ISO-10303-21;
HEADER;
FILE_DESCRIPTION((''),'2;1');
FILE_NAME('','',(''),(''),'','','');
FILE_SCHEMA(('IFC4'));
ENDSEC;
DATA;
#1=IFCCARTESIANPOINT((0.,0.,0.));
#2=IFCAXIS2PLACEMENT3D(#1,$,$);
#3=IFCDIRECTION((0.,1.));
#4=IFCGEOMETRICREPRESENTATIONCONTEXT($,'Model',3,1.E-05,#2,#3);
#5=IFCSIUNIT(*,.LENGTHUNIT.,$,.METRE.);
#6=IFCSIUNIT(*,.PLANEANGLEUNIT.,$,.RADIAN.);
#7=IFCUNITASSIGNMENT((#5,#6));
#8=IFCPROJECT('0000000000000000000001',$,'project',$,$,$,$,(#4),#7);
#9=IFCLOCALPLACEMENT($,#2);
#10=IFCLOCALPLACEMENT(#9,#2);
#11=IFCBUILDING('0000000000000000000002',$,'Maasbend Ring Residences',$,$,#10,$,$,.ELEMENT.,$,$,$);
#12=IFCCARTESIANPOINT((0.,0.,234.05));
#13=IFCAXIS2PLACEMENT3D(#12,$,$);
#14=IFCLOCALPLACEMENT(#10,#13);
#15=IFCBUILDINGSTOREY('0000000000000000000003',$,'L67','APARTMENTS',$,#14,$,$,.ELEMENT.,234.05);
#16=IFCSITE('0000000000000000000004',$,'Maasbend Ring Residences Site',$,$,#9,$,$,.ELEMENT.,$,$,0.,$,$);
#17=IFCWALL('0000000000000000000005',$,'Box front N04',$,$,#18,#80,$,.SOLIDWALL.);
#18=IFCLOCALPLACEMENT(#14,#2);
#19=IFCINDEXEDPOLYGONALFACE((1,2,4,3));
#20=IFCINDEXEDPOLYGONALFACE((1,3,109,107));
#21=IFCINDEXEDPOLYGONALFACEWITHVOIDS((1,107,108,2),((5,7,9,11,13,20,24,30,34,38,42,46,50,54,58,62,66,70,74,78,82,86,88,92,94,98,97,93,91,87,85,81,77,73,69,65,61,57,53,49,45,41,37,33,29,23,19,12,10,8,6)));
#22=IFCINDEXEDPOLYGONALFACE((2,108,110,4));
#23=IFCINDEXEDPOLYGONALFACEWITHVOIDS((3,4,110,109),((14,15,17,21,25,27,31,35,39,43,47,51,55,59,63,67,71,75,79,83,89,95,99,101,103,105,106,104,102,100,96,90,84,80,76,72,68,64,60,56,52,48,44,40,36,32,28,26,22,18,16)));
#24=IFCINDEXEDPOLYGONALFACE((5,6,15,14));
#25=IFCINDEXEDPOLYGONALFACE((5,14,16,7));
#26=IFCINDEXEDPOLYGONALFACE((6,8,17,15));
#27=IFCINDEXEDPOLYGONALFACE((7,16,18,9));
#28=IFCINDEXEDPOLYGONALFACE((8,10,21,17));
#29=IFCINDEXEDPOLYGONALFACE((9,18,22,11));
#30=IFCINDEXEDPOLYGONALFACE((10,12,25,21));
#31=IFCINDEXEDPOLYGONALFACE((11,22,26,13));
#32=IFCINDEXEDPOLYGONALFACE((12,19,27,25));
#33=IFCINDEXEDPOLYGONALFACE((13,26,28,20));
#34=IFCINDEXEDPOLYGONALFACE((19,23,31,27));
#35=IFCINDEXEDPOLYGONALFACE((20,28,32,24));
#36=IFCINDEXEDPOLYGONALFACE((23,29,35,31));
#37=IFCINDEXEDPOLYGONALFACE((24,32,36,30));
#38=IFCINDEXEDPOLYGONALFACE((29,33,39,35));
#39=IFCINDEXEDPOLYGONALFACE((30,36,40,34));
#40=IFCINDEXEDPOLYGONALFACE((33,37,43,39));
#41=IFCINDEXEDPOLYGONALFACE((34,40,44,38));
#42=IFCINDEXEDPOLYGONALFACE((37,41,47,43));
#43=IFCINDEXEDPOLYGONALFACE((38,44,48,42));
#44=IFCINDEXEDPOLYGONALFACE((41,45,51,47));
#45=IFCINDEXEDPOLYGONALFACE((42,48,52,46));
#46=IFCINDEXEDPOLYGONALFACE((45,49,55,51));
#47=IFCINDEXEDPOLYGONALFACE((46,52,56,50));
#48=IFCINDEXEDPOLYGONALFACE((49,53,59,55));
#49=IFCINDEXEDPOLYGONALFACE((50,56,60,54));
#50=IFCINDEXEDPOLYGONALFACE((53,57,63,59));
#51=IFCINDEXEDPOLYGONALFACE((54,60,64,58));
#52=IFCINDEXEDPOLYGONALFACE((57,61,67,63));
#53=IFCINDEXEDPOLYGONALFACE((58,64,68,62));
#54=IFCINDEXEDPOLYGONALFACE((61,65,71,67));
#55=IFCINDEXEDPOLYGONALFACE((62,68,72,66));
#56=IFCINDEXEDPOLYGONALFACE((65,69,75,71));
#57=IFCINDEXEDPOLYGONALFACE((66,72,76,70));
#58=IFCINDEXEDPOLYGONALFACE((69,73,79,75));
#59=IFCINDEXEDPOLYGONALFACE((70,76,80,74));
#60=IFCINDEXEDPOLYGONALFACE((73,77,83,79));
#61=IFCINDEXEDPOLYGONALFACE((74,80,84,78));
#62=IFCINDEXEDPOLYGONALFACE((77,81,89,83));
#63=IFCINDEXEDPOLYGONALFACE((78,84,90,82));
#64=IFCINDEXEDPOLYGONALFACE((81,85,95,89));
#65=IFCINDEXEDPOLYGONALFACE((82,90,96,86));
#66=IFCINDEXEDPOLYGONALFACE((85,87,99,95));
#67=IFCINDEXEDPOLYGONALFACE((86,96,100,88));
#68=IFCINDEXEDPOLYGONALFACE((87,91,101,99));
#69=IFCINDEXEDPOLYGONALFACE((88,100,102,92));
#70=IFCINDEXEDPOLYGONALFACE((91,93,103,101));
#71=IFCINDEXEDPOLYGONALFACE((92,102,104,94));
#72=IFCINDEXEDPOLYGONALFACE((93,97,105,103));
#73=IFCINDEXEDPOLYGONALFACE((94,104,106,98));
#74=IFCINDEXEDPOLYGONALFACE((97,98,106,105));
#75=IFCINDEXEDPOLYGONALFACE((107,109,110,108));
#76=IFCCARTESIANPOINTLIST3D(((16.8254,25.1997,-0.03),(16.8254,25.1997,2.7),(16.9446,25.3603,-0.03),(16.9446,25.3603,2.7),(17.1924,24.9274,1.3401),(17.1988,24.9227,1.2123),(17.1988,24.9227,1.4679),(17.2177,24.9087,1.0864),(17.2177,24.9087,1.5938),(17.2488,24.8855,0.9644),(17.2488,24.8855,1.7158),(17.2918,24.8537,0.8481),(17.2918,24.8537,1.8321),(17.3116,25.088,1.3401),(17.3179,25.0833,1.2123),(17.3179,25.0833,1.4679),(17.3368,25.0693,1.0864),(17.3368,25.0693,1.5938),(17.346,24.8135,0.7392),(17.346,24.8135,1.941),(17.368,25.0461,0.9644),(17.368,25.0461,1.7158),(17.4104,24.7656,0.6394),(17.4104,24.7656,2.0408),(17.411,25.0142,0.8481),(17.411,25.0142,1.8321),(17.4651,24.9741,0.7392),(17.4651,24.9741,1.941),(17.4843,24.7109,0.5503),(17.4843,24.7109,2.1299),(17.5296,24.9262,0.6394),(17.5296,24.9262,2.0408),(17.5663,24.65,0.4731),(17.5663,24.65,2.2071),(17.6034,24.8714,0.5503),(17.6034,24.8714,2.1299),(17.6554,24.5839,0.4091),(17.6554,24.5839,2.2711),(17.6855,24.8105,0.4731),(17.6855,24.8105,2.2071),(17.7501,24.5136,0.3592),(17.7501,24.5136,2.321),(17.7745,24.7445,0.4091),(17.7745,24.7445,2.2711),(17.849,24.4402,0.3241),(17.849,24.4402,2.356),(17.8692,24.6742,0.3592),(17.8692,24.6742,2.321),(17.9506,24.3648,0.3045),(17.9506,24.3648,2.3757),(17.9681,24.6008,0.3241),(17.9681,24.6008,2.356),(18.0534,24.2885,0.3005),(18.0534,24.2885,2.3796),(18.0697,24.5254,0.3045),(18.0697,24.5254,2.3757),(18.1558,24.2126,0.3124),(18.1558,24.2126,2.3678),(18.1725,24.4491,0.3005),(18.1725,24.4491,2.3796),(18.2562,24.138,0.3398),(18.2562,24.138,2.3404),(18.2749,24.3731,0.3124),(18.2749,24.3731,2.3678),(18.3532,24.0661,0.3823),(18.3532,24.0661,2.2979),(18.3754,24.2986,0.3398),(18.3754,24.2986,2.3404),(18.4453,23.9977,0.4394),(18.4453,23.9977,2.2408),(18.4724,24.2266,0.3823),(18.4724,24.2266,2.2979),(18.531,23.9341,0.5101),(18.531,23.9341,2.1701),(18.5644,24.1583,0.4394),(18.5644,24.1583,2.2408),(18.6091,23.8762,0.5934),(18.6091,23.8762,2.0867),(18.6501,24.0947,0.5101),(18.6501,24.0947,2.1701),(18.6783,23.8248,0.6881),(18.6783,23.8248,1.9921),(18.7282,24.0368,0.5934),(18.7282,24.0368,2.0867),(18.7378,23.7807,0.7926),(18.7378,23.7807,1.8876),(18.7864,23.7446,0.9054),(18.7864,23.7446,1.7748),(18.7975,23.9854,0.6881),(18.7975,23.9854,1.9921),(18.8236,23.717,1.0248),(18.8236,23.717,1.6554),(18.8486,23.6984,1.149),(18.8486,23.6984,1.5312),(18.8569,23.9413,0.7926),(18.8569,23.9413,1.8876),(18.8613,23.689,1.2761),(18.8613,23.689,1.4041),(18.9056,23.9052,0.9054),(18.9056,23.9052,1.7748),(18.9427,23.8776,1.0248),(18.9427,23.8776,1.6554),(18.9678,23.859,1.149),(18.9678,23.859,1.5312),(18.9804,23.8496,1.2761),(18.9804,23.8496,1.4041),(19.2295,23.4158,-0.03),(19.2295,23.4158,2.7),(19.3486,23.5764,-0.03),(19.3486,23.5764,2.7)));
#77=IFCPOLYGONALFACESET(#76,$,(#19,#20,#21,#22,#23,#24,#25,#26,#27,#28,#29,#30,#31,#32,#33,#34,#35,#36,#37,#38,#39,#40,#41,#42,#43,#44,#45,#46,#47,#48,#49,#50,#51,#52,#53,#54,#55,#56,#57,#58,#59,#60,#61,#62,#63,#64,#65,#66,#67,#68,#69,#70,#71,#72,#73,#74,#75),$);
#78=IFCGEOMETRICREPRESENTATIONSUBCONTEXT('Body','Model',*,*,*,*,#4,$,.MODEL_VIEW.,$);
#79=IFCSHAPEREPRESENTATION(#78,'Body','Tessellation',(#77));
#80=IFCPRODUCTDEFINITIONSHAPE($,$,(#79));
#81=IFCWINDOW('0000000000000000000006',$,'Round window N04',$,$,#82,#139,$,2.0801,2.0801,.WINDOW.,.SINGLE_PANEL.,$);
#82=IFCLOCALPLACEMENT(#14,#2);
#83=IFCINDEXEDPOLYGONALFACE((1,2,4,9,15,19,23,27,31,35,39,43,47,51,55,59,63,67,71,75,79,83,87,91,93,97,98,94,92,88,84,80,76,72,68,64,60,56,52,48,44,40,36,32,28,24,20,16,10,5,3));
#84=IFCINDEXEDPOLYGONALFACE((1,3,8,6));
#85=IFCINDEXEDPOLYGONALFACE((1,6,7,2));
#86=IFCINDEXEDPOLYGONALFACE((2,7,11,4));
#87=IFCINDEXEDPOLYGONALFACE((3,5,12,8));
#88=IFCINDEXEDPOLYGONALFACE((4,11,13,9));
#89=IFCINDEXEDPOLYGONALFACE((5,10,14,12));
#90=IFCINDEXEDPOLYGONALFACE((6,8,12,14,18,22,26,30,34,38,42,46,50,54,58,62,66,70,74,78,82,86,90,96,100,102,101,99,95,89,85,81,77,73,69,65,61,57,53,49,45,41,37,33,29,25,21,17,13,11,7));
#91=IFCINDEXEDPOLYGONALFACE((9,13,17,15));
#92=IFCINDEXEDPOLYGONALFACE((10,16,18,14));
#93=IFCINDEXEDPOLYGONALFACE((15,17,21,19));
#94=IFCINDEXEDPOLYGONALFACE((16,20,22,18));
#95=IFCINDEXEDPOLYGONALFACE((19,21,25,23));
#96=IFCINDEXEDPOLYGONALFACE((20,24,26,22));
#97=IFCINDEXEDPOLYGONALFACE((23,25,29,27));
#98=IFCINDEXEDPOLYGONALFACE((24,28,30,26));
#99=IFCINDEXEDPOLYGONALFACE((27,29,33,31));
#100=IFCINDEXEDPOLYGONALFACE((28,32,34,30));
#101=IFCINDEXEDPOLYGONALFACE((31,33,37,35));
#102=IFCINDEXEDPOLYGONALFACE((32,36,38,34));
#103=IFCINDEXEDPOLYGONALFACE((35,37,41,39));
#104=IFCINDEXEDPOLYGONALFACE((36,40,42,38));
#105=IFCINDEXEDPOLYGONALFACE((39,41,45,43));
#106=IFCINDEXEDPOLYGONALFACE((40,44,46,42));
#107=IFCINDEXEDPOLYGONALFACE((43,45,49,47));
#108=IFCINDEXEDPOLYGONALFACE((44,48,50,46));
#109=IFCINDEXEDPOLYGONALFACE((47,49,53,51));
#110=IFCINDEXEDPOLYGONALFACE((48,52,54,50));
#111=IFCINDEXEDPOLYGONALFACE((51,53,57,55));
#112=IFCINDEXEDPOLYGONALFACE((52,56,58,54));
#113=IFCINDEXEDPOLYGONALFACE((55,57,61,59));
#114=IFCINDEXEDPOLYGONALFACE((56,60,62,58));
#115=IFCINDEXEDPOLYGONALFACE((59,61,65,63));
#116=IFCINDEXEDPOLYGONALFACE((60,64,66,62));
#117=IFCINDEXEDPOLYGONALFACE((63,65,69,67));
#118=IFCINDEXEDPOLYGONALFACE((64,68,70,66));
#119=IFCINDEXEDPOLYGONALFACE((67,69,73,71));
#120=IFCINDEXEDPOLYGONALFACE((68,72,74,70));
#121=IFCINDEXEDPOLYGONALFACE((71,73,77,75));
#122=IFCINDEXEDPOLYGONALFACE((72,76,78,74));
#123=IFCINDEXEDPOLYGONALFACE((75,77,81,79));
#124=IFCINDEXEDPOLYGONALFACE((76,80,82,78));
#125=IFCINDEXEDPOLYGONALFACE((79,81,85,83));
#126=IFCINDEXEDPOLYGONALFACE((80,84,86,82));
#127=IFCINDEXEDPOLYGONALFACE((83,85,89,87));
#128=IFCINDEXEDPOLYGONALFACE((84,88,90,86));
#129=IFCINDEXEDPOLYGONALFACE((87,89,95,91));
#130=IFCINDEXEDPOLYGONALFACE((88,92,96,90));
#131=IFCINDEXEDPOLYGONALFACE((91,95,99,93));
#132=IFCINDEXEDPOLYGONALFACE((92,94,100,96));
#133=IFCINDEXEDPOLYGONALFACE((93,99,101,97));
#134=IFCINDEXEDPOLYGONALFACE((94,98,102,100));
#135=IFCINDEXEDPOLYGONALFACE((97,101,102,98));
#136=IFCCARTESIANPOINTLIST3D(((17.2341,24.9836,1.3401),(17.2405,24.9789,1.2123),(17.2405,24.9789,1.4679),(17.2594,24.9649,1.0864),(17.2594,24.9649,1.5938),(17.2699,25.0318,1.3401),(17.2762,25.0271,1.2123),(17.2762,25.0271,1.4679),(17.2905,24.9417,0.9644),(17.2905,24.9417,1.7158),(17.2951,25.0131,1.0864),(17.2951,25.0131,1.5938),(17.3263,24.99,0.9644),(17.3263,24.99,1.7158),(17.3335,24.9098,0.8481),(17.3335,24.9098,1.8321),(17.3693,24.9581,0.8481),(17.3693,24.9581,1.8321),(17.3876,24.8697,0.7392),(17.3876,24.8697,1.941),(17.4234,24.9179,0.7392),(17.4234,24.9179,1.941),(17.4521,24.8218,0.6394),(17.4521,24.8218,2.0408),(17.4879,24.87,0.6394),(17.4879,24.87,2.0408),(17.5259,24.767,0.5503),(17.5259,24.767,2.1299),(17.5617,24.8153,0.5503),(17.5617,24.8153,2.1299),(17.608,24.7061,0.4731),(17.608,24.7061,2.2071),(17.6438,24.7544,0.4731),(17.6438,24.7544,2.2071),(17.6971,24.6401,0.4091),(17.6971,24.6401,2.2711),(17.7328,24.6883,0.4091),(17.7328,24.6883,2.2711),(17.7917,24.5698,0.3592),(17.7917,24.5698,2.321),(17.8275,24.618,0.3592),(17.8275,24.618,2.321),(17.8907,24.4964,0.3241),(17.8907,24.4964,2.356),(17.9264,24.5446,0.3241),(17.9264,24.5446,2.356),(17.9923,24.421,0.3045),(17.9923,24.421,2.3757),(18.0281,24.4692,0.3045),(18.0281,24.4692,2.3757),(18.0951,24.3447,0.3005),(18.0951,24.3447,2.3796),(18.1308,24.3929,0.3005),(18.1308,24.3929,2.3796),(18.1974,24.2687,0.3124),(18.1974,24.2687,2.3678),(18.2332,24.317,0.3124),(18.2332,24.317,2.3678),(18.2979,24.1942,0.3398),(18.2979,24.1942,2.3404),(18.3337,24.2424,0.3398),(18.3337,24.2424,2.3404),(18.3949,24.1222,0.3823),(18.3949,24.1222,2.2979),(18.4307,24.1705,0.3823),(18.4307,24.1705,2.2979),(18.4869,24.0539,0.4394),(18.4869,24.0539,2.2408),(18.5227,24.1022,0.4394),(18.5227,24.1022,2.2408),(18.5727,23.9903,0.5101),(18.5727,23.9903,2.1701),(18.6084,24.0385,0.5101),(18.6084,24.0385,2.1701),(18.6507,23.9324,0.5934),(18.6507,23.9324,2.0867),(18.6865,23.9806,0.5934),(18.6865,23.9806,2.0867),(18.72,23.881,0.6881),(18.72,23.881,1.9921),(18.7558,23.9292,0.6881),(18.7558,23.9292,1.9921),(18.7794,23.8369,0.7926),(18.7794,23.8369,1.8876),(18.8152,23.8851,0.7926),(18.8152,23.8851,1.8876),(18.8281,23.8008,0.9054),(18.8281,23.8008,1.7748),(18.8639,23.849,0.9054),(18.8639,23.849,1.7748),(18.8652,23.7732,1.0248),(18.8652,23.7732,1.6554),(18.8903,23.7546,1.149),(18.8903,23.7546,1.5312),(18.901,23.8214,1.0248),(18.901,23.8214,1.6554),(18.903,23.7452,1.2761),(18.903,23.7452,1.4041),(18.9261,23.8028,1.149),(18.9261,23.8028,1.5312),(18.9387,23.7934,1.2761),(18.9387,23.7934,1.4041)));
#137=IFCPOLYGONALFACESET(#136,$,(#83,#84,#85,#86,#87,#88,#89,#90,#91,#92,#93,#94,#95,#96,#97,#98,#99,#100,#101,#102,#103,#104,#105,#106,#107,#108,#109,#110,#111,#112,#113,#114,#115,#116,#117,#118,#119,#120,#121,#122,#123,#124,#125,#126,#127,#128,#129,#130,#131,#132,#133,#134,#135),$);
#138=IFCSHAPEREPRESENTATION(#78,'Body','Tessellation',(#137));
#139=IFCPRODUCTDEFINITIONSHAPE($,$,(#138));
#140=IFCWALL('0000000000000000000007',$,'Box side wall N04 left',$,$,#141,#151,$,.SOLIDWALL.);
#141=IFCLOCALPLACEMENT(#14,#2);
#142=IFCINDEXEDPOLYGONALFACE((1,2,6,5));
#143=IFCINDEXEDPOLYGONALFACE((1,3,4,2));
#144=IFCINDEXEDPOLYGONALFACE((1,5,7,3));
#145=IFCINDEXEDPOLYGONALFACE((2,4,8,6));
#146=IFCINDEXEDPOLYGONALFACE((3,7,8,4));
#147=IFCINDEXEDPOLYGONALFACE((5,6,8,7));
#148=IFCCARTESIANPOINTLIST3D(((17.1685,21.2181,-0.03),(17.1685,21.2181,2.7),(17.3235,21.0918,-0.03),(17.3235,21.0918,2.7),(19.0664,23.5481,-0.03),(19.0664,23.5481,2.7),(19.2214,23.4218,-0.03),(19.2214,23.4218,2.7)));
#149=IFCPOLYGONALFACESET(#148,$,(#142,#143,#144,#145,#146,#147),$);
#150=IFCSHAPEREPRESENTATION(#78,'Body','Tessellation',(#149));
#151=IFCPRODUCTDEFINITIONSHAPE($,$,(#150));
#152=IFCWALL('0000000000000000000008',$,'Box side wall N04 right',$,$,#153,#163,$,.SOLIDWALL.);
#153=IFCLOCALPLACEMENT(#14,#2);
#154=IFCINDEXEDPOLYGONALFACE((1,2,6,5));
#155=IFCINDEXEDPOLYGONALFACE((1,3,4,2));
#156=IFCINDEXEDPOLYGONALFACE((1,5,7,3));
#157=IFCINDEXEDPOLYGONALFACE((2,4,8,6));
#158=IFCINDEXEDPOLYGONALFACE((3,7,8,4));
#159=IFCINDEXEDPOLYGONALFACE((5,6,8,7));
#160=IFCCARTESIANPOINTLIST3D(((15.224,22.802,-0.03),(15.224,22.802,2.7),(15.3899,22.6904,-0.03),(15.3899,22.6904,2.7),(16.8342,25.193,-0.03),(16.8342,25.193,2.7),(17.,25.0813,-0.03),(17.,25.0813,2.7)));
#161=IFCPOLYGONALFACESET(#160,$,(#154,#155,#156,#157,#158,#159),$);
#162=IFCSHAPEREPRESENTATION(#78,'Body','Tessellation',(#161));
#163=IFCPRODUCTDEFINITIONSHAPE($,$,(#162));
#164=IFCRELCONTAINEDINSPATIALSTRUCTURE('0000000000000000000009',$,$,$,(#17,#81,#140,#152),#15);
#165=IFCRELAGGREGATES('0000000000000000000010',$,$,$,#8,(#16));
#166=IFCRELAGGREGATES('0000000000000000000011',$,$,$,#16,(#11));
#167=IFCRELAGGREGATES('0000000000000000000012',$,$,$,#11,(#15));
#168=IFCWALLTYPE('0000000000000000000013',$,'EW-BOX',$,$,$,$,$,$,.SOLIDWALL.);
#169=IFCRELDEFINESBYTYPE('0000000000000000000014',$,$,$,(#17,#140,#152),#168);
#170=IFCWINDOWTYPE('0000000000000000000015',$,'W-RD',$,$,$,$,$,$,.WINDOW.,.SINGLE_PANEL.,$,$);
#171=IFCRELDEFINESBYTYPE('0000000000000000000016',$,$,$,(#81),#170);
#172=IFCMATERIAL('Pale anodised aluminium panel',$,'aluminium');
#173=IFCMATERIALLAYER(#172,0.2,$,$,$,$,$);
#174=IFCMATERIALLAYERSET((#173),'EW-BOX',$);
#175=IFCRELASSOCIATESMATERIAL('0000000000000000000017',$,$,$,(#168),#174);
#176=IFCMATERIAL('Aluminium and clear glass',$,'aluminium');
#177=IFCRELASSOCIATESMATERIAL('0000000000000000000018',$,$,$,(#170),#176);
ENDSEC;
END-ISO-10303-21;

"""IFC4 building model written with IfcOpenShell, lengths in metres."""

from ifc_helpers import new_model, si_unit, direction, frame, frame_2d, origin, place, context, subcontext, project, spatial, rectangle, circle, extrude, material, layer, layer_set, type_object, element, fill, save


model = new_model("IFC4")

# Units and contexts
model_context = context("Model", 3, precision=1e-05, world=origin(), true_north=direction((0.0, 1.0)))
body_context = subcontext(model_context, "Body", "Model", "MODEL_VIEW")
ifc_project = project(units=[si_unit("LENGTHUNIT", "METRE"), si_unit("PLANEANGLEUNIT", "RADIAN")], contexts=[model_context])

# Site, building, storey
site_placement = place(None, origin())
site = spatial("IfcSite", under=ifc_project, at=site_placement, Name="Maasbend Ring Residences Site", CompositionType="ELEMENT", RefElevation=0.0)
building_placement = place(site_placement, origin())
building = spatial("IfcBuilding", under=site, at=building_placement, Name="Maasbend Ring Residences", CompositionType="ELEMENT")
storey_placement = place(building_placement, frame((0.0, 0.0, 234.05)))
storey = spatial("IfcBuildingStorey", under=building, at=storey_placement, Name="L67", Description="APARTMENTS", CompositionType="ELEMENT", Elevation=234.05)

# Shared definitions
ifc_material_1 = material(Name="Pale anodised aluminium panel", Category="aluminium")
ifc_layer_1 = layer(ifc_material_1, 0.2)
ifc_layer_set_1 = layer_set([ifc_layer_1], Name="EW-BOX")
wall_type_1 = type_object("IfcWallType", Name="EW-BOX", PredefinedType="SOLIDWALL", material=ifc_layer_set_1)

# Wall, opening, window
wall_1_placement = place(storey_placement, frame((19.2891, 23.4961, -0.03), z_axis=(0.0, 0.0, 1.0), x_axis=(-0.803053, 0.595908, 0.0)))
wall_1 = element("IfcWall", 1, at=wall_1_placement, inside=storey, type_object=wall_type_1, Name="Box front N04", PredefinedType="SOLIDWALL", context=body_context, shape_type="SweptSolid", body=[
    extrude(rectangle(XDim=2.9937, YDim=0.2, at=frame_2d((1.4968, 0.0))), origin(), (0.0, 0.0, 1.0), 2.73),
])
opening_1_placement = place(wall_1_placement, frame((0.4565, 0.0, 0.3301)))
opening_1 = element("IfcOpeningElement", 2, at=opening_1_placement, cuts=wall_1, PredefinedType="OPENING", context=body_context, shape_type="SweptSolid", body=[
    extrude(circle(Radius=1.04, at=frame_2d((1.04, 1.04))), frame((0.0, 0.1099, 0.0), z_axis=(0.0, -1.0, 0.0), x_axis=(1.0, 0.0, 0.0)), (0.0, 0.0, 1.0), 0.22),
])
ifc_material_2 = material(Name="Aluminium and clear glass", Category="aluminium")
window_type_1 = type_object("IfcWindowType", Name="W-RD", PartitioningType="SINGLE_PANEL", PredefinedType="WINDOW", material=ifc_material_2)
window_1_placement = place(opening_1_placement, origin())
window_1 = element("IfcWindow", 3, at=window_1_placement, inside=storey, type_object=window_type_1, Name="Round window N04", OverallHeight=2.0801, OverallWidth=2.0801, PartitioningType="SINGLE_PANEL", PredefinedType="WINDOW", context=body_context, shape_type="SweptSolid", body=[
    extrude(circle(Radius=1.04, at=frame_2d((1.04, 1.04))), frame((0.0, 0.03, 0.0), z_axis=(0.0, -1.0, 0.0), x_axis=(1.0, 0.0, 0.0)), (0.0, 0.0, 1.0), 0.0601),
])
fill(opening_1, window_1)

# Walls
wall_2_placement = place(storey_placement, frame((17.2461, 21.155, -0.03), z_axis=(0.0, 0.0, 1.0), x_axis=(0.631546, 0.775338, 0.0)))
element("IfcWall", 4, at=wall_2_placement, inside=storey, type_object=wall_type_1, Name="Box side wall N04 left", PredefinedType="SOLIDWALL", context=body_context, shape_type="SweptSolid", body=[
    extrude(rectangle(XDim=3.0051, YDim=0.2, at=frame_2d((1.5024, 0.0))), origin(), (0.0, 0.0, 1.0), 2.73),
])
wall_3_placement = place(storey_placement, frame((15.3069, 22.7461, -0.03), z_axis=(0.0, 0.0, 1.0), x_axis=(0.558584, 0.829448, 0.0)))
element("IfcWall", 5, at=wall_3_placement, inside=storey, type_object=wall_type_1, Name="Box side wall N04 right", PredefinedType="SOLIDWALL", context=body_context, shape_type="SweptSolid", body=[
    extrude(rectangle(XDim=2.8826, YDim=0.2, at=frame_2d((1.4414, 0.0))), origin(), (0.0, 0.0, 1.0), 2.73),
])

save(model, "model.ifc")
